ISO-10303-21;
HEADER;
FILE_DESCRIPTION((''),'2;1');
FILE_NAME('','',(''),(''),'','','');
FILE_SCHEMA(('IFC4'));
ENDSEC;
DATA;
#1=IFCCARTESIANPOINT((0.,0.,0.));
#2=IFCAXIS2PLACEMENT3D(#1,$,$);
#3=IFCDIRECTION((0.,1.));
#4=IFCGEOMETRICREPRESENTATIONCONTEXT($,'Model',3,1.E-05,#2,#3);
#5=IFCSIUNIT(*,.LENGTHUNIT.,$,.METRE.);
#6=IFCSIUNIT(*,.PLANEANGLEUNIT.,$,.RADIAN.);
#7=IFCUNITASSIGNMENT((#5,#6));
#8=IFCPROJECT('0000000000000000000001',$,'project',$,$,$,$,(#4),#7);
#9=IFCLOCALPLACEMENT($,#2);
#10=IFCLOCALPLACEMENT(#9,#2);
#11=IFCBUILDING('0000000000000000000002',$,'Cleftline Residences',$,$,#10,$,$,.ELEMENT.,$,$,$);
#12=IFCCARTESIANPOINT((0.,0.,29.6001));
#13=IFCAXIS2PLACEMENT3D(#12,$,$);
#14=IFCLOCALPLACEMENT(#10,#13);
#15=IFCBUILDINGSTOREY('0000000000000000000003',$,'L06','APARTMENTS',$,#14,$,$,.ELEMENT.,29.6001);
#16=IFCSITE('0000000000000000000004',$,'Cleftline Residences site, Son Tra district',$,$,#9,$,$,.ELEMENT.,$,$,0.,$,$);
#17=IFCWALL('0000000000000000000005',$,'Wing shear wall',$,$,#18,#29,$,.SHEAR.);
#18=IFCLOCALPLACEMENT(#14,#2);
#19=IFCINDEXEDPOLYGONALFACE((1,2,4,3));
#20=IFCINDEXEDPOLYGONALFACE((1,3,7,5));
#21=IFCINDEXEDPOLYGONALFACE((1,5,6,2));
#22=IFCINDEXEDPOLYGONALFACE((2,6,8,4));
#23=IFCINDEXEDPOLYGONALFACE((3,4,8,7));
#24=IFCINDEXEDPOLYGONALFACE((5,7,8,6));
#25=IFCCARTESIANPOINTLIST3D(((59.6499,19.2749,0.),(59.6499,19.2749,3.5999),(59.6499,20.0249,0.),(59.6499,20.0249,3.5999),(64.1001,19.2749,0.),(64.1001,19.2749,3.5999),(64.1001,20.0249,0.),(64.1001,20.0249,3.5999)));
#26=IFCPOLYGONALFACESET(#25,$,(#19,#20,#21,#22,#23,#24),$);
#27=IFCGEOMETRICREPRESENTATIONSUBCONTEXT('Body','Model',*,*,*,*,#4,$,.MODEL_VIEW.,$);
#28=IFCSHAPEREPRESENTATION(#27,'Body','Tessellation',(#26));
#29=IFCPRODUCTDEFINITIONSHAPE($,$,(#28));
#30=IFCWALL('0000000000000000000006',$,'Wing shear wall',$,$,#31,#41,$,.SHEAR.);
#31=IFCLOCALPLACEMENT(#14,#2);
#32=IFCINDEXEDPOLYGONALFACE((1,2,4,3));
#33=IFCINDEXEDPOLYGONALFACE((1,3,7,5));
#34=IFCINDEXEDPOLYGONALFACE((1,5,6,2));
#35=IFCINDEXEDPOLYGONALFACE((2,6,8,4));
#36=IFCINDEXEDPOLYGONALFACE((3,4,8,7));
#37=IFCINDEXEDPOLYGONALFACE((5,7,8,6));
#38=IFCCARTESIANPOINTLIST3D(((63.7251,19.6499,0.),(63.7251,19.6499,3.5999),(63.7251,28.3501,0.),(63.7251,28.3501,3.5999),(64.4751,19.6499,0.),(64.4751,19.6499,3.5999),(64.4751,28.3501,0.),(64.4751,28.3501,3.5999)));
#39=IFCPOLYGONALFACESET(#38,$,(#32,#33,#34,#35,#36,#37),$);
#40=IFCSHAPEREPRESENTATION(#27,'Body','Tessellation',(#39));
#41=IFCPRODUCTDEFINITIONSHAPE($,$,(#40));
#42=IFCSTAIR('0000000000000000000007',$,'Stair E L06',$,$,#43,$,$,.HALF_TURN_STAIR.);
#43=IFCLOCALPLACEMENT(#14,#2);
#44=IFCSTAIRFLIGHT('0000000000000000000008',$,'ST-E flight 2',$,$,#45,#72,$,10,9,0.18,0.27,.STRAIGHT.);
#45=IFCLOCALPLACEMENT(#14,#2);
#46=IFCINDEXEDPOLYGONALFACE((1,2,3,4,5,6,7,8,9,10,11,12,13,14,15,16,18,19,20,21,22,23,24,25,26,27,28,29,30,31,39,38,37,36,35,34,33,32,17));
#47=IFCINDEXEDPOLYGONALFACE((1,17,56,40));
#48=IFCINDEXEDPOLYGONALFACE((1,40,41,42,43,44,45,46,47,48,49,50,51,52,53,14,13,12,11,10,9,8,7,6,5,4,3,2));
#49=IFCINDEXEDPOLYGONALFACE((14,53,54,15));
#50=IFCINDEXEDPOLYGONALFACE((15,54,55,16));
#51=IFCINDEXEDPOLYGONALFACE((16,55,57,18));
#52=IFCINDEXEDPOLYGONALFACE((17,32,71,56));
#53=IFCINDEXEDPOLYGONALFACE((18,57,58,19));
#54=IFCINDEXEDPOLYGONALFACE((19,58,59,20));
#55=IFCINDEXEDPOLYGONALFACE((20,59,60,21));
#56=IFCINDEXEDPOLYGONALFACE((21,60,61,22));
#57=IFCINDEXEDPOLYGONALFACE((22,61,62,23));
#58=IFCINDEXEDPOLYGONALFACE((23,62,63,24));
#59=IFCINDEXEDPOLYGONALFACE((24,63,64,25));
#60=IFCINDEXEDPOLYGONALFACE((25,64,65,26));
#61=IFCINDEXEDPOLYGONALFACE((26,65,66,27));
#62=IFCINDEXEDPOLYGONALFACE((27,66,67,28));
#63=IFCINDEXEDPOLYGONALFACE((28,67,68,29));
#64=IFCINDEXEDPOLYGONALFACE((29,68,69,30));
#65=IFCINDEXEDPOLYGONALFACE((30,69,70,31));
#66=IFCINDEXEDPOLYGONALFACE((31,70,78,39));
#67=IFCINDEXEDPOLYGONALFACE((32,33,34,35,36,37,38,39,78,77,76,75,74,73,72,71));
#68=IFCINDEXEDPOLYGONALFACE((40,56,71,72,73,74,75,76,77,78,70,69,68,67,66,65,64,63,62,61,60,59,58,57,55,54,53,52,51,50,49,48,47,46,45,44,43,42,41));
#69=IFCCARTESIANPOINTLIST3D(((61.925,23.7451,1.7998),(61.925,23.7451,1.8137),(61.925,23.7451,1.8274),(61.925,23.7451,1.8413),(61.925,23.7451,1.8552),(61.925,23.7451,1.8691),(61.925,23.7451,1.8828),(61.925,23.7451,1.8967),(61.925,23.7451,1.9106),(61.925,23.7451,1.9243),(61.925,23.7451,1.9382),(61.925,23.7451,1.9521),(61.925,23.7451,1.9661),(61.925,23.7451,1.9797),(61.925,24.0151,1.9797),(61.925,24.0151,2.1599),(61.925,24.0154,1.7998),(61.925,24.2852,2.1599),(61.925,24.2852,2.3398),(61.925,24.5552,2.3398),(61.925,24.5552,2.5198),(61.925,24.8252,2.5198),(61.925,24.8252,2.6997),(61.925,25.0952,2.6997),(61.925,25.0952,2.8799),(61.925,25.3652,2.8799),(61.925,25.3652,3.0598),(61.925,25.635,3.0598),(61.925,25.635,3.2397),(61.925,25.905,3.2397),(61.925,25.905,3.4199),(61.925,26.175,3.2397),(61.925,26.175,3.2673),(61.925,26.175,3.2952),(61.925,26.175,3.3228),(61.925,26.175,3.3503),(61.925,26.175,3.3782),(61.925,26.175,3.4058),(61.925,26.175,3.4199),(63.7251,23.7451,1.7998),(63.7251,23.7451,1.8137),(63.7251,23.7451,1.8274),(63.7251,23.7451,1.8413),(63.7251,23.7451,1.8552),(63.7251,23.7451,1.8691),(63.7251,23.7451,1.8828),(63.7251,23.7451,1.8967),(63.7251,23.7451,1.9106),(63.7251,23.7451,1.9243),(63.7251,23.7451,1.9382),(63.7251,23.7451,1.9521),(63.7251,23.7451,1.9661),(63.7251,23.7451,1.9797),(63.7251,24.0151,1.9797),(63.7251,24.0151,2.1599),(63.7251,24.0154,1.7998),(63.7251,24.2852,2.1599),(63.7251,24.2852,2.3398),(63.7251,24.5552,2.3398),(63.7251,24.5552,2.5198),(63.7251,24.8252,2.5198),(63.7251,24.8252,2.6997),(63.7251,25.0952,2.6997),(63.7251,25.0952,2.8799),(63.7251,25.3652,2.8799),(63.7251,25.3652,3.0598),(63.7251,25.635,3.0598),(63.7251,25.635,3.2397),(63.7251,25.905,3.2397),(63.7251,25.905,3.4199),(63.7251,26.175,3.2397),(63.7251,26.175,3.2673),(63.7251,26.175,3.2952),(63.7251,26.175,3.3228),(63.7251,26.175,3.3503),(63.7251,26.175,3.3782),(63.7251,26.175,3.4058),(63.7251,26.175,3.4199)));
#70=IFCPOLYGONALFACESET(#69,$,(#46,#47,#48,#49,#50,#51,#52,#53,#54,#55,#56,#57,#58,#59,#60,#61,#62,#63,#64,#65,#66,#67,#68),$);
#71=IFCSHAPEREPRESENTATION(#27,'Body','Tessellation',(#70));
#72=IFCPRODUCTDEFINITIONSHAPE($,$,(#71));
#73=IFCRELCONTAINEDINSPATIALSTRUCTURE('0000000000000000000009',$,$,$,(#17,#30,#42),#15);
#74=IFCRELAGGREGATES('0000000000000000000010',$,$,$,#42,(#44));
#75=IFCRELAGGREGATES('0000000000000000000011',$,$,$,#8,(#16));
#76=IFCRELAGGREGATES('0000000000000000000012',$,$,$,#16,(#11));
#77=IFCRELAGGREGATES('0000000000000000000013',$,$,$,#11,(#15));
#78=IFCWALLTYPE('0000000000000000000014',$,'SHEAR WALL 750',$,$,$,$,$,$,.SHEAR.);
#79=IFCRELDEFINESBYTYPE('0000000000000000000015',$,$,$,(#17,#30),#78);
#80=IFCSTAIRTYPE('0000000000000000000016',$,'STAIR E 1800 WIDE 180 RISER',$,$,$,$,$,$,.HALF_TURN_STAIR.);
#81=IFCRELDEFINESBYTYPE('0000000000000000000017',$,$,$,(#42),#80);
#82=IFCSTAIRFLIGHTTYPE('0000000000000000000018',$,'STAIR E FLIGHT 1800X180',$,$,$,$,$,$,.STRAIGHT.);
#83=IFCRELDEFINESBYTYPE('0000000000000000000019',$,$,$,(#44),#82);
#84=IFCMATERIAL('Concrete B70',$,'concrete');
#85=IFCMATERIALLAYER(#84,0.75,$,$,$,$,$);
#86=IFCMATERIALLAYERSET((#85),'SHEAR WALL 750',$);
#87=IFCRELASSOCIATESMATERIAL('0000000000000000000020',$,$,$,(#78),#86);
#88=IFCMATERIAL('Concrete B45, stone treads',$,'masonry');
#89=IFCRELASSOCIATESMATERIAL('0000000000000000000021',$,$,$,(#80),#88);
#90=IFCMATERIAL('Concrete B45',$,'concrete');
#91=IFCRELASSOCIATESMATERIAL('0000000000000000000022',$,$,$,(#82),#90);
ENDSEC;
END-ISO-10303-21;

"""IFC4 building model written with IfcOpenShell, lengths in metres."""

from ifc_helpers import new_model, si_unit, direction, frame, frame_2d, origin, place, context, subcontext, project, spatial, polyline, rectangle, outline, extrude, material, layer, layer_set, type_object, element, aggregate, save


model = new_model("IFC4")

# Units and contexts
model_context = context("Model", 3, precision=1e-05, world=origin(), true_north=direction((0.0, 1.0)))
body_context = subcontext(model_context, "Body", "Model", "MODEL_VIEW")
ifc_project = project(units=[si_unit("LENGTHUNIT", "METRE"), si_unit("PLANEANGLEUNIT", "RADIAN")], contexts=[model_context])

# Site, building, storey
site_placement = place(None, origin())
site = spatial("IfcSite", under=ifc_project, at=site_placement, Name="Cleftline Residences site, Son Tra district", CompositionType="ELEMENT", RefElevation=0.0)
building_placement = place(site_placement, origin())
building = spatial("IfcBuilding", under=site, at=building_placement, Name="Cleftline Residences", CompositionType="ELEMENT")
storey_placement = place(building_placement, frame((0.0, 0.0, 29.6001)))
storey = spatial("IfcBuildingStorey", under=building, at=storey_placement, Name="L06", Description="APARTMENTS", CompositionType="ELEMENT", Elevation=29.6001)

# Walls
ifc_material_1 = material(Name="Concrete B70", Category="concrete")
ifc_layer_1 = layer(ifc_material_1, 0.75)
ifc_layer_set_1 = layer_set([ifc_layer_1], Name="SHEAR WALL 750")
wall_type_1 = type_object("IfcWallType", Name="SHEAR WALL 750", PredefinedType="SHEAR", material=ifc_layer_set_1)
wall_1_placement = place(storey_placement, frame((59.6499, 19.6499, 0.0), z_axis=(0.0, 0.0, 1.0), x_axis=(1.0, 0.0, 0.0)))
element("IfcWall", 1, at=wall_1_placement, inside=storey, type_object=wall_type_1, Name="Wing shear wall", PredefinedType="SHEAR", context=body_context, shape_type="SweptSolid", body=[
    extrude(rectangle(XDim=4.4502, YDim=0.75, at=frame_2d((2.2251, 0.0))), origin(), (0.0, 0.0, 1.0), 3.5999),
])
wall_2_placement = place(storey_placement, frame((64.1001, 19.6499, 0.0), z_axis=(0.0, 0.0, 1.0), x_axis=(0.0, 1.0, 0.0)))
element("IfcWall", 2, at=wall_2_placement, inside=storey, type_object=wall_type_1, Name="Wing shear wall", PredefinedType="SHEAR", context=body_context, shape_type="SweptSolid", body=[
    extrude(rectangle(XDim=8.7002, YDim=0.75, at=frame_2d((4.3501, 0.0))), origin(), (0.0, 0.0, 1.0), 3.5999),
])

# Stair, stair flight
ifc_material_2 = material(Name="Concrete B45, stone treads", Category="masonry")
stair_type = type_object("IfcStairType", Name="STAIR E 1800 WIDE 180 RISER", PredefinedType="HALF_TURN_STAIR", material=ifc_material_2)
stair_placement = place(storey_placement, origin())
stair = element("IfcStair", 3, at=stair_placement, inside=storey, type_object=stair_type, Name="Stair E L06", PredefinedType="HALF_TURN_STAIR")
ifc_material_3 = material(Name="Concrete B45", Category="concrete")
stair_flight_type = type_object("IfcStairFlightType", Name="STAIR E FLIGHT 1800X180", PredefinedType="STRAIGHT", material=ifc_material_3)
stair_flight_placement = place(storey_placement, frame((62.825, 23.7451, 1.7998), z_axis=(0.0, 0.0, 1.0), x_axis=(0.0, 1.0, 0.0)))
stair_flight = element("IfcStairFlight", 4, at=stair_flight_placement, type_object=stair_flight_type, Name="ST-E flight 2", NumberOfRisers=10, NumberOfTreads=9, PredefinedType="STRAIGHT", RiserHeight=0.18, TreadLength=0.27, context=body_context, shape_type="SweptSolid", body=[
    extrude(outline(polyline([(0.0, 0.0), (0.0, 0.0139), (0.0, 0.0276), (0.0, 0.0415), (0.0, 0.0554), (0.0, 0.0693), (0.0, 0.083), (0.0, 0.0969), (0.0, 0.1108), (0.0, 0.1245), (0.0, 0.1384), (0.0, 0.1523), (0.0, 0.1663), (0.0, 0.1799), (0.27, 0.1799), (0.27, 0.3601), (0.54, 0.3601), (0.54, 0.54), (0.8101, 0.54), (0.8101, 0.72), (1.0801, 0.72), (1.0801, 0.8999), (1.3501, 0.8999), (1.3501, 1.0801), (1.6201, 1.0801), (1.6201, 1.26), (1.8899, 1.26), (1.8899, 1.4399), (2.1599, 1.4399), (2.1599, 1.6201), (2.4299, 1.6201), (2.4299, 1.8), (2.4299, 1.7722), (2.4299, 1.7446), (2.4299, 1.7168), (2.4299, 1.6892), (2.4299, 1.6614), (2.4299, 1.6338), (2.4299, 1.606), (2.4299, 1.5784), (2.4299, 1.5505), (2.4299, 1.5229), (2.4299, 1.4954), (2.4299, 1.4675), (2.4299, 1.4399), (0.2703, 0.0), (0.0, 0.0)])), frame((0.0, 0.8999, 0.0), z_axis=(0.0, -1.0, 0.0), x_axis=(1.0, 0.0, 0.0)), (0.0, 0.0, 1.0), 1.8),
])
aggregate(stair, [stair_flight])

save(model, "model.ifc")
